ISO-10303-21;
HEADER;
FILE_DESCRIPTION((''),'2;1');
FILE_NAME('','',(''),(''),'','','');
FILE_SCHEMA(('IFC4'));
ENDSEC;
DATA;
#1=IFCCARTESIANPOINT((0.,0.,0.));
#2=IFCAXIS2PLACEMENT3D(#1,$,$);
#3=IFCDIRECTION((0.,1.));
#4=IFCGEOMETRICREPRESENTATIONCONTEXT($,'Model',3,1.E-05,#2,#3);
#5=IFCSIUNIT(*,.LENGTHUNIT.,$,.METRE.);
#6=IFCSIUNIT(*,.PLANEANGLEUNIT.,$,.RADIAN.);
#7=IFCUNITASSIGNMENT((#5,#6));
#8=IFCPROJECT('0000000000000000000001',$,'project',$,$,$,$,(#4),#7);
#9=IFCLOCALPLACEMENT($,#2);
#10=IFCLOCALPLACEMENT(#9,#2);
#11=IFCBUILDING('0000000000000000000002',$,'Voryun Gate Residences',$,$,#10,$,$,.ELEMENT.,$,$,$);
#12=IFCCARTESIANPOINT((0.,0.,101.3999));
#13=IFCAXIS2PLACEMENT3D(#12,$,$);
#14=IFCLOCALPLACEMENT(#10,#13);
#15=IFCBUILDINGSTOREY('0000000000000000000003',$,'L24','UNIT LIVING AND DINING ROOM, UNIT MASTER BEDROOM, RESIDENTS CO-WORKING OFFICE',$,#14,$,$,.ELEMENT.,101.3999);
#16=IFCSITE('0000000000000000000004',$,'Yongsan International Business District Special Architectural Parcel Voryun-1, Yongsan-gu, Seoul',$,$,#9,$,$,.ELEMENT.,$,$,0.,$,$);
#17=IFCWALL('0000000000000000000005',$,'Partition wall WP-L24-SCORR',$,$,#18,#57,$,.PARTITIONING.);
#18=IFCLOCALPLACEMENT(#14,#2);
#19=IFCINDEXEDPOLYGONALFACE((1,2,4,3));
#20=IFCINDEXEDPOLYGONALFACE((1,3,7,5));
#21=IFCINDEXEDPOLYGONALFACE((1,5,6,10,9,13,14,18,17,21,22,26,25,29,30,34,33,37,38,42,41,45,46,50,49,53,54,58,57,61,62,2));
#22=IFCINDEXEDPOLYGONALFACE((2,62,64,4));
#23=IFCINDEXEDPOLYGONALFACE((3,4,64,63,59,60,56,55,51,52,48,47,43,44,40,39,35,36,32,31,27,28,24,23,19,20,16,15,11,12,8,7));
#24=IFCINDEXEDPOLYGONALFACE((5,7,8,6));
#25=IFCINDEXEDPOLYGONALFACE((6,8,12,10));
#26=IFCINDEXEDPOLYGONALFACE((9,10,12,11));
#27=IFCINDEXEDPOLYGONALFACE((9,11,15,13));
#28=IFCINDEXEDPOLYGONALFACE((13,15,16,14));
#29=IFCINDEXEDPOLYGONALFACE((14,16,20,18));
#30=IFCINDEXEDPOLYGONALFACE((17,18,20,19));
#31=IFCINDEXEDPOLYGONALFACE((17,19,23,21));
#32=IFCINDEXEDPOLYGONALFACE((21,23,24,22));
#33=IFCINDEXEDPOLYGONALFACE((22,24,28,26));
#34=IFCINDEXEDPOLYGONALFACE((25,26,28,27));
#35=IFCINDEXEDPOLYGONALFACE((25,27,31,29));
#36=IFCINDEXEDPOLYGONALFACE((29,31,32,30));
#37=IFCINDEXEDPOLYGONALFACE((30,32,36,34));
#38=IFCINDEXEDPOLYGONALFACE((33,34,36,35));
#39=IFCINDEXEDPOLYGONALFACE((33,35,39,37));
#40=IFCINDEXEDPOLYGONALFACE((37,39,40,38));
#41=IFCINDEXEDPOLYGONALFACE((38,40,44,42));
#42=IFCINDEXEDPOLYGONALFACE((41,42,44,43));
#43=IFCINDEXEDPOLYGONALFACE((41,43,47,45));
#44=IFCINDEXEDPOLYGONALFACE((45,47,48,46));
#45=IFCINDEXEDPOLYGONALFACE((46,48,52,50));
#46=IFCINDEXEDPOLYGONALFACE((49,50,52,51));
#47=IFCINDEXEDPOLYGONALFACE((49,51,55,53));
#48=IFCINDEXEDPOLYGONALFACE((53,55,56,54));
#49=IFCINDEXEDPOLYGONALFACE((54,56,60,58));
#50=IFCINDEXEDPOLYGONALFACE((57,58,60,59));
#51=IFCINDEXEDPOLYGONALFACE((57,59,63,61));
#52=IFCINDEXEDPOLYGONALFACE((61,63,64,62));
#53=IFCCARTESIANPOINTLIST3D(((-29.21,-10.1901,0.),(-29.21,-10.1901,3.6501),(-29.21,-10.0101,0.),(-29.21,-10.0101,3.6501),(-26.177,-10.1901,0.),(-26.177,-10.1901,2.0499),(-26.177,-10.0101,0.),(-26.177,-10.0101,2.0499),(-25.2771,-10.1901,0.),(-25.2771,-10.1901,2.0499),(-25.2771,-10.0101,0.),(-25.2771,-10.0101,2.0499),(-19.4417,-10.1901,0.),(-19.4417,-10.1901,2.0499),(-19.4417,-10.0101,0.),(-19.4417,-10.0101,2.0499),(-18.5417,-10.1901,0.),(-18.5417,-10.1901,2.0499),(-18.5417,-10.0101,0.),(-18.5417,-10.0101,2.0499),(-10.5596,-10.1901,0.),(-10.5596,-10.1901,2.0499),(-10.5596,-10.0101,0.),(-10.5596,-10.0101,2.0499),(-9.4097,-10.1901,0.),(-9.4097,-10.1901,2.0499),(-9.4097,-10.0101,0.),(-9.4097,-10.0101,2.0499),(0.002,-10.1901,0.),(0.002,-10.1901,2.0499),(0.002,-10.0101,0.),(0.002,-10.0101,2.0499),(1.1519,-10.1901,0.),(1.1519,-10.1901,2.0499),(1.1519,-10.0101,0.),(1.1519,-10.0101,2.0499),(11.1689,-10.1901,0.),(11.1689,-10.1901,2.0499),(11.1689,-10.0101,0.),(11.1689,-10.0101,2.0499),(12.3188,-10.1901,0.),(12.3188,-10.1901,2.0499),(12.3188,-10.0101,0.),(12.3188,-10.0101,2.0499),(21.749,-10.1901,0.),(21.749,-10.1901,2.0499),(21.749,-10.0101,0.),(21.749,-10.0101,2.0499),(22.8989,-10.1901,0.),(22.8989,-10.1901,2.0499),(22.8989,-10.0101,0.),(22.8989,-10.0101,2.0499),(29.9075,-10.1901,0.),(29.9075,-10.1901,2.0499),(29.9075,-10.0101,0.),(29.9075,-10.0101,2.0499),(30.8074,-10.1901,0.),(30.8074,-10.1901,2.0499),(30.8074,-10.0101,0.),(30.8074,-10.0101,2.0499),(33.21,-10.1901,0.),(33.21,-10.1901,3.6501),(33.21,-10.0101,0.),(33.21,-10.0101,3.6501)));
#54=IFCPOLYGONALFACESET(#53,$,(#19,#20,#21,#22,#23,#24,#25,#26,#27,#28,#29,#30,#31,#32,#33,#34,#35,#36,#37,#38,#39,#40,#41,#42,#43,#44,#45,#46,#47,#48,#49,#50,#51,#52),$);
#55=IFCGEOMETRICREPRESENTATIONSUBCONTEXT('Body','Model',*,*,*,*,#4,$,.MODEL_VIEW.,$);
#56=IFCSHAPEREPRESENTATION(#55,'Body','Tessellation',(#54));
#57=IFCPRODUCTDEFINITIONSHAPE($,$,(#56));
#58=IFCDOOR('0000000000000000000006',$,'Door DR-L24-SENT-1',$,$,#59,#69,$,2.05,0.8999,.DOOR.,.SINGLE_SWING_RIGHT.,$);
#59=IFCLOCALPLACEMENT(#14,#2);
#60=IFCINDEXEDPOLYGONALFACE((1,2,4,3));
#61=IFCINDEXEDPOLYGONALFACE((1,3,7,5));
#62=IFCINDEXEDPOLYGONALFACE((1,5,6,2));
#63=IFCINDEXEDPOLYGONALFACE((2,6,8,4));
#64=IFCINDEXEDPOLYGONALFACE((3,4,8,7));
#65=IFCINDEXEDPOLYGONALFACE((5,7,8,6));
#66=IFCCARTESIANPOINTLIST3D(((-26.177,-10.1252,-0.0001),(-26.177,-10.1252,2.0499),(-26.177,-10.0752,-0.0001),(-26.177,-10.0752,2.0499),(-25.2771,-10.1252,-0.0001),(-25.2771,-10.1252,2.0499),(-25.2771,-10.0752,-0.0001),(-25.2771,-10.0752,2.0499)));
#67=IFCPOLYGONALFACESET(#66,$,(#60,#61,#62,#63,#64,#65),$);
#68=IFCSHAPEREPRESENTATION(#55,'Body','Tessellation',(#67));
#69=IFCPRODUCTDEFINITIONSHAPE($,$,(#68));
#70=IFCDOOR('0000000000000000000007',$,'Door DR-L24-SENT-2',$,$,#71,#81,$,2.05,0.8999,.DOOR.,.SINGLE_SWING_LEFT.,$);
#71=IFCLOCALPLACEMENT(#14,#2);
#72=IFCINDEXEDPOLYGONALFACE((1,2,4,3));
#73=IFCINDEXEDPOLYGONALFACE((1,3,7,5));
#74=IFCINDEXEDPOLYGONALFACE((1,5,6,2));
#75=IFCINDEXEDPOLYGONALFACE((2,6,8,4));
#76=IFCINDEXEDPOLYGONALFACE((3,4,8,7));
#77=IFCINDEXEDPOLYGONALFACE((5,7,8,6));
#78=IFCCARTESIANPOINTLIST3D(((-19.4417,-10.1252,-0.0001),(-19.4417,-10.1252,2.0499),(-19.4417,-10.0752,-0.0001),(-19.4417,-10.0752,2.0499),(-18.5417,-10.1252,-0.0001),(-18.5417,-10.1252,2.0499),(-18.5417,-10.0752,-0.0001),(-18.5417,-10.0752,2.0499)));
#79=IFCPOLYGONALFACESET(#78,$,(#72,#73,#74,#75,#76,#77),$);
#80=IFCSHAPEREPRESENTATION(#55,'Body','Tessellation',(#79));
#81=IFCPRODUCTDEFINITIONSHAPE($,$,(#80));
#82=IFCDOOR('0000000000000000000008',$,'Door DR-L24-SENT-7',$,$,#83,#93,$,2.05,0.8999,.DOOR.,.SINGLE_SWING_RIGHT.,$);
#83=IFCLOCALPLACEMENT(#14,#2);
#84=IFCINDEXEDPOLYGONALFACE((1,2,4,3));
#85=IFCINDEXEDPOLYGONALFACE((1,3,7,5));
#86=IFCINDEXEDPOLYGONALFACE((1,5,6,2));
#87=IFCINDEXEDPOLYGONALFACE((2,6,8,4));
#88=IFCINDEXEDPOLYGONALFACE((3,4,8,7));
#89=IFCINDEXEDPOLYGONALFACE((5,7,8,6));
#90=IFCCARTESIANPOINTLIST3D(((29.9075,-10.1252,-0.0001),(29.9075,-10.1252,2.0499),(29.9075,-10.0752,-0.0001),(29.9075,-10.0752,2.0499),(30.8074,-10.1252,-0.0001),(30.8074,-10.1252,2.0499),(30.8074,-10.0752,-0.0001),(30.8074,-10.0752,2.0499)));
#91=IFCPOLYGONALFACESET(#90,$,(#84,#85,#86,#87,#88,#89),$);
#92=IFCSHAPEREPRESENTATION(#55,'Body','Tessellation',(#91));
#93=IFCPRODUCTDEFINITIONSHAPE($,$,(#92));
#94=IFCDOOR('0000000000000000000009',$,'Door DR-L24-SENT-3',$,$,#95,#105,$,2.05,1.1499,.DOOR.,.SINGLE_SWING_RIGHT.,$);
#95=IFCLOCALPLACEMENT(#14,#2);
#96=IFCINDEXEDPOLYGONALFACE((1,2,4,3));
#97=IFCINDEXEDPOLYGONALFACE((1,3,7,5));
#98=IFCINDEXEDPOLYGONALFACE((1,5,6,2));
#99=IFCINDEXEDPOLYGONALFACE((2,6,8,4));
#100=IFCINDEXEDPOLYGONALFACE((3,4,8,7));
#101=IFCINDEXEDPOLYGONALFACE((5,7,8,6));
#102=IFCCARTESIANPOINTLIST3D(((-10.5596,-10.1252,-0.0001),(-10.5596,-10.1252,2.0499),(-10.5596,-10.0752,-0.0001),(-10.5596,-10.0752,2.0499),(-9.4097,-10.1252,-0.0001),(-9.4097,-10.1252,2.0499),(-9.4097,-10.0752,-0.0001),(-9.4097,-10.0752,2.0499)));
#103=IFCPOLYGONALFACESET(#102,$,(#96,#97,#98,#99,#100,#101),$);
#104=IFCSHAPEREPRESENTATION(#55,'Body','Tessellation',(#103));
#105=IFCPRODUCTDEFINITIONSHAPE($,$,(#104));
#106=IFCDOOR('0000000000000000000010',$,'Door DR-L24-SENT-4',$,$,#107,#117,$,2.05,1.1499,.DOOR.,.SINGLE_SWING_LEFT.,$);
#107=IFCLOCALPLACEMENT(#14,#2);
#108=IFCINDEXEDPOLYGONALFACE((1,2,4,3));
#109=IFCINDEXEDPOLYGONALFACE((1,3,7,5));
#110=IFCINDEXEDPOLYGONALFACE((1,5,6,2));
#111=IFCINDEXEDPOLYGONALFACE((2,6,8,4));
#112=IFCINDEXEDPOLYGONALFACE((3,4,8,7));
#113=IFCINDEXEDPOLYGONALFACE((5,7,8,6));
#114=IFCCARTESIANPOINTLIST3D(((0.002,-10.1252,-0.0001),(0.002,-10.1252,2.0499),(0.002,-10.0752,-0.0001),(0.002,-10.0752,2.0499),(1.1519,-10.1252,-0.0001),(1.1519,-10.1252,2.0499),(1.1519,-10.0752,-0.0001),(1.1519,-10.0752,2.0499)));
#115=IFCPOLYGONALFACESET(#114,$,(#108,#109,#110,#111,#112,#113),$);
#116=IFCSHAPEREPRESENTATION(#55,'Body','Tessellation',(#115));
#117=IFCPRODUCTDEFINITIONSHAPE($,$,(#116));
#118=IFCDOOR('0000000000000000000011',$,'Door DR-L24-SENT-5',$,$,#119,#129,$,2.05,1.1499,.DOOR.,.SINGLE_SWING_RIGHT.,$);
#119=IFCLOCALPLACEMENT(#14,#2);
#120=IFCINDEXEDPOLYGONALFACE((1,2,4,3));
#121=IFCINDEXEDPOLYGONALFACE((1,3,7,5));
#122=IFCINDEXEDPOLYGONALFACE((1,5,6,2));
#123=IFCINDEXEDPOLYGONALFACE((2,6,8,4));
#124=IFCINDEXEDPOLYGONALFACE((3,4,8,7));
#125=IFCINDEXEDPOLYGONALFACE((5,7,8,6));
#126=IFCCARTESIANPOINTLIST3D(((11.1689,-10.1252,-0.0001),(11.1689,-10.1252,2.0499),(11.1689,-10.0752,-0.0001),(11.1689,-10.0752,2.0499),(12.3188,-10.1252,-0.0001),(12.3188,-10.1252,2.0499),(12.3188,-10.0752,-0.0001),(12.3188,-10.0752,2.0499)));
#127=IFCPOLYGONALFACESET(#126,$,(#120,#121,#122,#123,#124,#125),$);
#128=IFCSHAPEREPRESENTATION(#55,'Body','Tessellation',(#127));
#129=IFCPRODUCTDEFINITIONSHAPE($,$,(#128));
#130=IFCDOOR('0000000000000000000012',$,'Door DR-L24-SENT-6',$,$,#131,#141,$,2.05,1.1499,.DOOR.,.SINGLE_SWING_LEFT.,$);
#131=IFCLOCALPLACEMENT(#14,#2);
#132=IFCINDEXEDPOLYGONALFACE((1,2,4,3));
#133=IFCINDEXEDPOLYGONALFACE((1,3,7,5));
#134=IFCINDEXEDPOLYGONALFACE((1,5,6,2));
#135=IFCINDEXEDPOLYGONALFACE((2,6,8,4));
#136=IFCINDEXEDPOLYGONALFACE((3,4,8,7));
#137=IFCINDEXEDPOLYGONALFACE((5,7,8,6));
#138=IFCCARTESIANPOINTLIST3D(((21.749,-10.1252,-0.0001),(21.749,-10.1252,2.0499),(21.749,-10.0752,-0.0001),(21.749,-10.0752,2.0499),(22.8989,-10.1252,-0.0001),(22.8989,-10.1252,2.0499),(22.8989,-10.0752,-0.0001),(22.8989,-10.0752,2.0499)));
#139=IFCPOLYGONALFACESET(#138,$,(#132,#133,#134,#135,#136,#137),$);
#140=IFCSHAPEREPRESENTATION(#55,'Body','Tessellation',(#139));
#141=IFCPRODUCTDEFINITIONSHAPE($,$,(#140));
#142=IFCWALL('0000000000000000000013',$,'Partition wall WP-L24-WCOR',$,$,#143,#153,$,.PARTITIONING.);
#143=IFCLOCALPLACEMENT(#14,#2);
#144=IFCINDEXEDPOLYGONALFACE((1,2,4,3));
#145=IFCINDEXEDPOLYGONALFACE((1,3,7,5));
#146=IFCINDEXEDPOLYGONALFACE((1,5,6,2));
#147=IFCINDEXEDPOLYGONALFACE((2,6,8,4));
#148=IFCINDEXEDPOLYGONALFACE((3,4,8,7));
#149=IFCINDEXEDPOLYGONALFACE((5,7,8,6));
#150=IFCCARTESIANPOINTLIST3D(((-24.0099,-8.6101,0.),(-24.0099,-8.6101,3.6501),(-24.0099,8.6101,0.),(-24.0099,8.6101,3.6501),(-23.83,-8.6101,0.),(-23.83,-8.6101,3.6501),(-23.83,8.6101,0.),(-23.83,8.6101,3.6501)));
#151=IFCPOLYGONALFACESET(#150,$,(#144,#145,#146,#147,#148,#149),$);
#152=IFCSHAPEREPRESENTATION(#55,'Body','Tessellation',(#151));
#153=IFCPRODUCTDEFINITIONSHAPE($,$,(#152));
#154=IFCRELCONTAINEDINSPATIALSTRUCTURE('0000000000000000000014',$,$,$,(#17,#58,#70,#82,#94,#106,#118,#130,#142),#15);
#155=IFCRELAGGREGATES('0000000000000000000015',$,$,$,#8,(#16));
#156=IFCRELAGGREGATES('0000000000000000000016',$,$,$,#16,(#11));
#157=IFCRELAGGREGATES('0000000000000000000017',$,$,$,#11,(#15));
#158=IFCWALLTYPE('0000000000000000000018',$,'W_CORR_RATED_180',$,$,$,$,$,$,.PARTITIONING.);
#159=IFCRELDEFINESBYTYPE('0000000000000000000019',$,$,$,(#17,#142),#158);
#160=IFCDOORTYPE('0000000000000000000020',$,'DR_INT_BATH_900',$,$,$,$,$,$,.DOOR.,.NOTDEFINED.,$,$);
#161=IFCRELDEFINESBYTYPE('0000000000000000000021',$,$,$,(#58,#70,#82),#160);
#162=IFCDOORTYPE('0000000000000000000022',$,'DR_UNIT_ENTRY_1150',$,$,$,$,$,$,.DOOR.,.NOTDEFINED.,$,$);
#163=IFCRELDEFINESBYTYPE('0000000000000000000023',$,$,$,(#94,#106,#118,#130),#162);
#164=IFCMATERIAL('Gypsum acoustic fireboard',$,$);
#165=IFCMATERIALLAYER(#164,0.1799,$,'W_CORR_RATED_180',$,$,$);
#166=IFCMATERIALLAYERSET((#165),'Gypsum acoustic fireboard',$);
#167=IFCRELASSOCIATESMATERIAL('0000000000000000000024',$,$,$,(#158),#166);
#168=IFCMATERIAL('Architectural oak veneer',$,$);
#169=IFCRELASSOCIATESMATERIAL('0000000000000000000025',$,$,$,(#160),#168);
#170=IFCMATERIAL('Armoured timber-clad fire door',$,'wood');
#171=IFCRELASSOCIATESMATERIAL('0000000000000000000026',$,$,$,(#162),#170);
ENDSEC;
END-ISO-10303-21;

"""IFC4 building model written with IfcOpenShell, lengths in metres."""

from ifc_helpers import new_model, si_unit, direction, frame, frame_2d, origin, place, context, subcontext, project, spatial, rectangle, extrude, material, layer, layer_set, type_object, element, fill, save


model = new_model("IFC4")

# Units and contexts
model_context = context("Model", 3, precision=1e-05, world=origin(), true_north=direction((0.0, 1.0)))
body_context = subcontext(model_context, "Body", "Model", "MODEL_VIEW")
ifc_project = project(units=[si_unit("LENGTHUNIT", "METRE"), si_unit("PLANEANGLEUNIT", "RADIAN")], contexts=[model_context])

# Site, building, storey
site_placement = place(None, origin())
site = spatial("IfcSite", under=ifc_project, at=site_placement, Name="Yongsan International Business District Special Architectural Parcel Voryun-1, Yongsan-gu, Seoul", CompositionType="ELEMENT", RefElevation=0.0)
building_placement = place(site_placement, origin())
building = spatial("IfcBuilding", under=site, at=building_placement, Name="Voryun Gate Residences", CompositionType="ELEMENT")
storey_placement = place(building_placement, frame((0.0, 0.0, 101.3999)))
storey = spatial("IfcBuildingStorey", under=building, at=storey_placement, Name="L24", Description="UNIT LIVING AND DINING ROOM, UNIT MASTER BEDROOM, RESIDENTS CO-WORKING OFFICE", CompositionType="ELEMENT", Elevation=101.3999)

# Shared definitions
ifc_material_1 = material(Name="Gypsum acoustic fireboard")
ifc_layer_1 = layer(ifc_material_1, 0.1799, Name="W_CORR_RATED_180")
ifc_layer_set_1 = layer_set([ifc_layer_1], Name="Gypsum acoustic fireboard")
wall_type_1 = type_object("IfcWallType", Name="W_CORR_RATED_180", PredefinedType="PARTITIONING", material=ifc_layer_set_1)

# Wall, openings, doors
wall_1_placement = place(storey_placement, frame((-29.21, -10.1001, 0.0), z_axis=(0.0, 0.0, 1.0), x_axis=(1.0, 0.0, 0.0)))
wall_1 = element("IfcWall", 1, at=wall_1_placement, inside=storey, type_object=wall_type_1, Name="Partition wall WP-L24-SCORR", PredefinedType="PARTITIONING", context=body_context, shape_type="SweptSolid", body=[
    extrude(rectangle(XDim=62.4199, YDim=0.1799, at=frame_2d((31.21, 0.0))), origin(), (0.0, 0.0, 1.0), 3.6501),
])
opening_1_placement = place(wall_1_placement, frame((3.033, 0.0, 0.0)))
opening_1 = element("IfcOpeningElement", 2, at=opening_1_placement, cuts=wall_1, PredefinedType="OPENING", context=body_context, shape_type="SweptSolid", body=[
    extrude(rectangle(XDim=0.8999, YDim=2.05, at=frame_2d((0.45, 1.0249))), frame((0.0, 0.0999, 0.0), z_axis=(0.0, -1.0, 0.0), x_axis=(1.0, 0.0, 0.0)), (0.0, 0.0, 1.0), 0.2),
])
opening_2_placement = place(wall_1_placement, frame((9.7683, 0.0, 0.0)))
opening_2 = element("IfcOpeningElement", 3, at=opening_2_placement, cuts=wall_1, PredefinedType="OPENING", context=body_context, shape_type="SweptSolid", body=[
    extrude(rectangle(XDim=0.8999, YDim=2.05, at=frame_2d((0.45, 1.0249))), frame((0.0, 0.0999, 0.0), z_axis=(0.0, -1.0, 0.0), x_axis=(1.0, 0.0, 0.0)), (0.0, 0.0, 1.0), 0.2),
])
opening_3_placement = place(wall_1_placement, frame((18.6504, 0.0, 0.0)))
opening_3 = element("IfcOpeningElement", 4, at=opening_3_placement, cuts=wall_1, PredefinedType="OPENING", context=body_context, shape_type="SweptSolid", body=[
    extrude(rectangle(XDim=1.1499, YDim=2.05, at=frame_2d((0.575, 1.0249))), frame((0.0, 0.0999, 0.0), z_axis=(0.0, -1.0, 0.0), x_axis=(1.0, 0.0, 0.0)), (0.0, 0.0, 1.0), 0.2),
])
opening_4_placement = place(wall_1_placement, frame((29.2119, 0.0, 0.0)))
opening_4 = element("IfcOpeningElement", 5, at=opening_4_placement, cuts=wall_1, PredefinedType="OPENING", context=body_context, shape_type="SweptSolid", body=[
    extrude(rectangle(XDim=1.1499, YDim=2.05, at=frame_2d((0.575, 1.0249))), frame((0.0, 0.0999, 0.0), z_axis=(0.0, -1.0, 0.0), x_axis=(1.0, 0.0, 0.0)), (0.0, 0.0, 1.0), 0.2),
])
opening_5_placement = place(wall_1_placement, frame((40.3789, 0.0, 0.0)))
opening_5 = element("IfcOpeningElement", 6, at=opening_5_placement, cuts=wall_1, PredefinedType="OPENING", context=body_context, shape_type="SweptSolid", body=[
    extrude(rectangle(XDim=1.1499, YDim=2.05, at=frame_2d((0.575, 1.0249))), frame((0.0, 0.0999, 0.0), z_axis=(0.0, -1.0, 0.0), x_axis=(1.0, 0.0, 0.0)), (0.0, 0.0, 1.0), 0.2),
])
opening_6_placement = place(wall_1_placement, frame((50.959, 0.0, 0.0)))
opening_6 = element("IfcOpeningElement", 7, at=opening_6_placement, cuts=wall_1, PredefinedType="OPENING", context=body_context, shape_type="SweptSolid", body=[
    extrude(rectangle(XDim=1.1499, YDim=2.05, at=frame_2d((0.575, 1.0249))), frame((0.0, 0.0999, 0.0), z_axis=(0.0, -1.0, 0.0), x_axis=(1.0, 0.0, 0.0)), (0.0, 0.0, 1.0), 0.2),
])
opening_7_placement = place(wall_1_placement, frame((59.1174, 0.0, 0.0)))
opening_7 = element("IfcOpeningElement", 8, at=opening_7_placement, cuts=wall_1, PredefinedType="OPENING", context=body_context, shape_type="SweptSolid", body=[
    extrude(rectangle(XDim=0.8999, YDim=2.05, at=frame_2d((0.45, 1.0249))), frame((0.0, 0.0999, 0.0), z_axis=(0.0, -1.0, 0.0), x_axis=(1.0, 0.0, 0.0)), (0.0, 0.0, 1.0), 0.2),
])
ifc_material_2 = material(Name="Architectural oak veneer")
door_type_1 = type_object("IfcDoorType", Name="DR_INT_BATH_900", OperationType="NOTDEFINED", PredefinedType="DOOR", material=ifc_material_2)
door_1_placement = place(opening_1_placement, origin())
door_1 = element("IfcDoor", 9, at=door_1_placement, inside=storey, type_object=door_type_1, Name="Door DR-L24-SENT-1", OperationType="SINGLE_SWING_RIGHT", OverallHeight=2.05, OverallWidth=0.8999, PredefinedType="DOOR", context=body_context, shape_type="SweptSolid", body=[
    extrude(rectangle(XDim=0.8999, YDim=2.05, at=frame_2d((0.45, 1.0249))), frame((0.0, 0.0249, 0.0), z_axis=(0.0, -1.0, 0.0), x_axis=(1.0, 0.0, 0.0)), (0.0, 0.0, 1.0), 0.05),
])
fill(opening_1, door_1)
door_2_placement = place(opening_2_placement, origin())
door_2 = element("IfcDoor", 10, at=door_2_placement, inside=storey, type_object=door_type_1, Name="Door DR-L24-SENT-2", OperationType="SINGLE_SWING_LEFT", OverallHeight=2.05, OverallWidth=0.8999, PredefinedType="DOOR", context=body_context, shape_type="SweptSolid", body=[
    extrude(rectangle(XDim=0.8999, YDim=2.05, at=frame_2d((0.45, 1.0249))), frame((0.0, 0.0249, 0.0), z_axis=(0.0, -1.0, 0.0), x_axis=(1.0, 0.0, 0.0)), (0.0, 0.0, 1.0), 0.05),
])
fill(opening_2, door_2)
door_3_placement = place(opening_7_placement, origin())
door_3 = element("IfcDoor", 11, at=door_3_placement, inside=storey, type_object=door_type_1, Name="Door DR-L24-SENT-7", OperationType="SINGLE_SWING_RIGHT", OverallHeight=2.05, OverallWidth=0.8999, PredefinedType="DOOR", context=body_context, shape_type="SweptSolid", body=[
    extrude(rectangle(XDim=0.8999, YDim=2.05, at=frame_2d((0.45, 1.0249))), frame((0.0, 0.0249, 0.0), z_axis=(0.0, -1.0, 0.0), x_axis=(1.0, 0.0, 0.0)), (0.0, 0.0, 1.0), 0.05),
])
fill(opening_7, door_3)
ifc_material_3 = material(Name="Armoured timber-clad fire door", Category="wood")
door_type_2 = type_object("IfcDoorType", Name="DR_UNIT_ENTRY_1150", OperationType="NOTDEFINED", PredefinedType="DOOR", material=ifc_material_3)
door_4_placement = place(opening_3_placement, origin())
door_4 = element("IfcDoor", 12, at=door_4_placement, inside=storey, type_object=door_type_2, Name="Door DR-L24-SENT-3", OperationType="SINGLE_SWING_RIGHT", OverallHeight=2.05, OverallWidth=1.1499, PredefinedType="DOOR", context=body_context, shape_type="SweptSolid", body=[
    extrude(rectangle(XDim=1.1499, YDim=2.05, at=frame_2d((0.575, 1.0249))), frame((0.0, 0.0249, 0.0), z_axis=(0.0, -1.0, 0.0), x_axis=(1.0, 0.0, 0.0)), (0.0, 0.0, 1.0), 0.05),
])
fill(opening_3, door_4)
door_5_placement = place(opening_4_placement, origin())
door_5 = element("IfcDoor", 13, at=door_5_placement, inside=storey, type_object=door_type_2, Name="Door DR-L24-SENT-4", OperationType="SINGLE_SWING_LEFT", OverallHeight=2.05, OverallWidth=1.1499, PredefinedType="DOOR", context=body_context, shape_type="SweptSolid", body=[
    extrude(rectangle(XDim=1.1499, YDim=2.05, at=frame_2d((0.575, 1.0249))), frame((0.0, 0.0249, 0.0), z_axis=(0.0, -1.0, 0.0), x_axis=(1.0, 0.0, 0.0)), (0.0, 0.0, 1.0), 0.05),
])
fill(opening_4, door_5)
door_6_placement = place(opening_5_placement, origin())
door_6 = element("IfcDoor", 14, at=door_6_placement, inside=storey, type_object=door_type_2, Name="Door DR-L24-SENT-5", OperationType="SINGLE_SWING_RIGHT", OverallHeight=2.05, OverallWidth=1.1499, PredefinedType="DOOR", context=body_context, shape_type="SweptSolid", body=[
    extrude(rectangle(XDim=1.1499, YDim=2.05, at=frame_2d((0.575, 1.0249))), frame((0.0, 0.0249, 0.0), z_axis=(0.0, -1.0, 0.0), x_axis=(1.0, 0.0, 0.0)), (0.0, 0.0, 1.0), 0.05),
])
fill(opening_5, door_6)
door_7_placement = place(opening_6_placement, origin())
door_7 = element("IfcDoor", 15, at=door_7_placement, inside=storey, type_object=door_type_2, Name="Door DR-L24-SENT-6", OperationType="SINGLE_SWING_LEFT", OverallHeight=2.05, OverallWidth=1.1499, PredefinedType="DOOR", context=body_context, shape_type="SweptSolid", body=[
    extrude(rectangle(XDim=1.1499, YDim=2.05, at=frame_2d((0.575, 1.0249))), frame((0.0, 0.0249, 0.0), z_axis=(0.0, -1.0, 0.0), x_axis=(1.0, 0.0, 0.0)), (0.0, 0.0, 1.0), 0.05),
])
fill(opening_6, door_7)

# Wall
wall_2_placement = place(storey_placement, frame((-23.9199, -8.6101, 0.0), z_axis=(0.0, 0.0, 1.0), x_axis=(0.0, 1.0, 0.0)))
element("IfcWall", 16, at=wall_2_placement, inside=storey, type_object=wall_type_1, Name="Partition wall WP-L24-WCOR", PredefinedType="PARTITIONING", context=body_context, shape_type="SweptSolid", body=[
    extrude(rectangle(XDim=17.2202, YDim=0.1799, at=frame_2d((8.6101, 0.0))), origin(), (0.0, 0.0, 1.0), 3.6501),
])

save(model, "model.ifc")
